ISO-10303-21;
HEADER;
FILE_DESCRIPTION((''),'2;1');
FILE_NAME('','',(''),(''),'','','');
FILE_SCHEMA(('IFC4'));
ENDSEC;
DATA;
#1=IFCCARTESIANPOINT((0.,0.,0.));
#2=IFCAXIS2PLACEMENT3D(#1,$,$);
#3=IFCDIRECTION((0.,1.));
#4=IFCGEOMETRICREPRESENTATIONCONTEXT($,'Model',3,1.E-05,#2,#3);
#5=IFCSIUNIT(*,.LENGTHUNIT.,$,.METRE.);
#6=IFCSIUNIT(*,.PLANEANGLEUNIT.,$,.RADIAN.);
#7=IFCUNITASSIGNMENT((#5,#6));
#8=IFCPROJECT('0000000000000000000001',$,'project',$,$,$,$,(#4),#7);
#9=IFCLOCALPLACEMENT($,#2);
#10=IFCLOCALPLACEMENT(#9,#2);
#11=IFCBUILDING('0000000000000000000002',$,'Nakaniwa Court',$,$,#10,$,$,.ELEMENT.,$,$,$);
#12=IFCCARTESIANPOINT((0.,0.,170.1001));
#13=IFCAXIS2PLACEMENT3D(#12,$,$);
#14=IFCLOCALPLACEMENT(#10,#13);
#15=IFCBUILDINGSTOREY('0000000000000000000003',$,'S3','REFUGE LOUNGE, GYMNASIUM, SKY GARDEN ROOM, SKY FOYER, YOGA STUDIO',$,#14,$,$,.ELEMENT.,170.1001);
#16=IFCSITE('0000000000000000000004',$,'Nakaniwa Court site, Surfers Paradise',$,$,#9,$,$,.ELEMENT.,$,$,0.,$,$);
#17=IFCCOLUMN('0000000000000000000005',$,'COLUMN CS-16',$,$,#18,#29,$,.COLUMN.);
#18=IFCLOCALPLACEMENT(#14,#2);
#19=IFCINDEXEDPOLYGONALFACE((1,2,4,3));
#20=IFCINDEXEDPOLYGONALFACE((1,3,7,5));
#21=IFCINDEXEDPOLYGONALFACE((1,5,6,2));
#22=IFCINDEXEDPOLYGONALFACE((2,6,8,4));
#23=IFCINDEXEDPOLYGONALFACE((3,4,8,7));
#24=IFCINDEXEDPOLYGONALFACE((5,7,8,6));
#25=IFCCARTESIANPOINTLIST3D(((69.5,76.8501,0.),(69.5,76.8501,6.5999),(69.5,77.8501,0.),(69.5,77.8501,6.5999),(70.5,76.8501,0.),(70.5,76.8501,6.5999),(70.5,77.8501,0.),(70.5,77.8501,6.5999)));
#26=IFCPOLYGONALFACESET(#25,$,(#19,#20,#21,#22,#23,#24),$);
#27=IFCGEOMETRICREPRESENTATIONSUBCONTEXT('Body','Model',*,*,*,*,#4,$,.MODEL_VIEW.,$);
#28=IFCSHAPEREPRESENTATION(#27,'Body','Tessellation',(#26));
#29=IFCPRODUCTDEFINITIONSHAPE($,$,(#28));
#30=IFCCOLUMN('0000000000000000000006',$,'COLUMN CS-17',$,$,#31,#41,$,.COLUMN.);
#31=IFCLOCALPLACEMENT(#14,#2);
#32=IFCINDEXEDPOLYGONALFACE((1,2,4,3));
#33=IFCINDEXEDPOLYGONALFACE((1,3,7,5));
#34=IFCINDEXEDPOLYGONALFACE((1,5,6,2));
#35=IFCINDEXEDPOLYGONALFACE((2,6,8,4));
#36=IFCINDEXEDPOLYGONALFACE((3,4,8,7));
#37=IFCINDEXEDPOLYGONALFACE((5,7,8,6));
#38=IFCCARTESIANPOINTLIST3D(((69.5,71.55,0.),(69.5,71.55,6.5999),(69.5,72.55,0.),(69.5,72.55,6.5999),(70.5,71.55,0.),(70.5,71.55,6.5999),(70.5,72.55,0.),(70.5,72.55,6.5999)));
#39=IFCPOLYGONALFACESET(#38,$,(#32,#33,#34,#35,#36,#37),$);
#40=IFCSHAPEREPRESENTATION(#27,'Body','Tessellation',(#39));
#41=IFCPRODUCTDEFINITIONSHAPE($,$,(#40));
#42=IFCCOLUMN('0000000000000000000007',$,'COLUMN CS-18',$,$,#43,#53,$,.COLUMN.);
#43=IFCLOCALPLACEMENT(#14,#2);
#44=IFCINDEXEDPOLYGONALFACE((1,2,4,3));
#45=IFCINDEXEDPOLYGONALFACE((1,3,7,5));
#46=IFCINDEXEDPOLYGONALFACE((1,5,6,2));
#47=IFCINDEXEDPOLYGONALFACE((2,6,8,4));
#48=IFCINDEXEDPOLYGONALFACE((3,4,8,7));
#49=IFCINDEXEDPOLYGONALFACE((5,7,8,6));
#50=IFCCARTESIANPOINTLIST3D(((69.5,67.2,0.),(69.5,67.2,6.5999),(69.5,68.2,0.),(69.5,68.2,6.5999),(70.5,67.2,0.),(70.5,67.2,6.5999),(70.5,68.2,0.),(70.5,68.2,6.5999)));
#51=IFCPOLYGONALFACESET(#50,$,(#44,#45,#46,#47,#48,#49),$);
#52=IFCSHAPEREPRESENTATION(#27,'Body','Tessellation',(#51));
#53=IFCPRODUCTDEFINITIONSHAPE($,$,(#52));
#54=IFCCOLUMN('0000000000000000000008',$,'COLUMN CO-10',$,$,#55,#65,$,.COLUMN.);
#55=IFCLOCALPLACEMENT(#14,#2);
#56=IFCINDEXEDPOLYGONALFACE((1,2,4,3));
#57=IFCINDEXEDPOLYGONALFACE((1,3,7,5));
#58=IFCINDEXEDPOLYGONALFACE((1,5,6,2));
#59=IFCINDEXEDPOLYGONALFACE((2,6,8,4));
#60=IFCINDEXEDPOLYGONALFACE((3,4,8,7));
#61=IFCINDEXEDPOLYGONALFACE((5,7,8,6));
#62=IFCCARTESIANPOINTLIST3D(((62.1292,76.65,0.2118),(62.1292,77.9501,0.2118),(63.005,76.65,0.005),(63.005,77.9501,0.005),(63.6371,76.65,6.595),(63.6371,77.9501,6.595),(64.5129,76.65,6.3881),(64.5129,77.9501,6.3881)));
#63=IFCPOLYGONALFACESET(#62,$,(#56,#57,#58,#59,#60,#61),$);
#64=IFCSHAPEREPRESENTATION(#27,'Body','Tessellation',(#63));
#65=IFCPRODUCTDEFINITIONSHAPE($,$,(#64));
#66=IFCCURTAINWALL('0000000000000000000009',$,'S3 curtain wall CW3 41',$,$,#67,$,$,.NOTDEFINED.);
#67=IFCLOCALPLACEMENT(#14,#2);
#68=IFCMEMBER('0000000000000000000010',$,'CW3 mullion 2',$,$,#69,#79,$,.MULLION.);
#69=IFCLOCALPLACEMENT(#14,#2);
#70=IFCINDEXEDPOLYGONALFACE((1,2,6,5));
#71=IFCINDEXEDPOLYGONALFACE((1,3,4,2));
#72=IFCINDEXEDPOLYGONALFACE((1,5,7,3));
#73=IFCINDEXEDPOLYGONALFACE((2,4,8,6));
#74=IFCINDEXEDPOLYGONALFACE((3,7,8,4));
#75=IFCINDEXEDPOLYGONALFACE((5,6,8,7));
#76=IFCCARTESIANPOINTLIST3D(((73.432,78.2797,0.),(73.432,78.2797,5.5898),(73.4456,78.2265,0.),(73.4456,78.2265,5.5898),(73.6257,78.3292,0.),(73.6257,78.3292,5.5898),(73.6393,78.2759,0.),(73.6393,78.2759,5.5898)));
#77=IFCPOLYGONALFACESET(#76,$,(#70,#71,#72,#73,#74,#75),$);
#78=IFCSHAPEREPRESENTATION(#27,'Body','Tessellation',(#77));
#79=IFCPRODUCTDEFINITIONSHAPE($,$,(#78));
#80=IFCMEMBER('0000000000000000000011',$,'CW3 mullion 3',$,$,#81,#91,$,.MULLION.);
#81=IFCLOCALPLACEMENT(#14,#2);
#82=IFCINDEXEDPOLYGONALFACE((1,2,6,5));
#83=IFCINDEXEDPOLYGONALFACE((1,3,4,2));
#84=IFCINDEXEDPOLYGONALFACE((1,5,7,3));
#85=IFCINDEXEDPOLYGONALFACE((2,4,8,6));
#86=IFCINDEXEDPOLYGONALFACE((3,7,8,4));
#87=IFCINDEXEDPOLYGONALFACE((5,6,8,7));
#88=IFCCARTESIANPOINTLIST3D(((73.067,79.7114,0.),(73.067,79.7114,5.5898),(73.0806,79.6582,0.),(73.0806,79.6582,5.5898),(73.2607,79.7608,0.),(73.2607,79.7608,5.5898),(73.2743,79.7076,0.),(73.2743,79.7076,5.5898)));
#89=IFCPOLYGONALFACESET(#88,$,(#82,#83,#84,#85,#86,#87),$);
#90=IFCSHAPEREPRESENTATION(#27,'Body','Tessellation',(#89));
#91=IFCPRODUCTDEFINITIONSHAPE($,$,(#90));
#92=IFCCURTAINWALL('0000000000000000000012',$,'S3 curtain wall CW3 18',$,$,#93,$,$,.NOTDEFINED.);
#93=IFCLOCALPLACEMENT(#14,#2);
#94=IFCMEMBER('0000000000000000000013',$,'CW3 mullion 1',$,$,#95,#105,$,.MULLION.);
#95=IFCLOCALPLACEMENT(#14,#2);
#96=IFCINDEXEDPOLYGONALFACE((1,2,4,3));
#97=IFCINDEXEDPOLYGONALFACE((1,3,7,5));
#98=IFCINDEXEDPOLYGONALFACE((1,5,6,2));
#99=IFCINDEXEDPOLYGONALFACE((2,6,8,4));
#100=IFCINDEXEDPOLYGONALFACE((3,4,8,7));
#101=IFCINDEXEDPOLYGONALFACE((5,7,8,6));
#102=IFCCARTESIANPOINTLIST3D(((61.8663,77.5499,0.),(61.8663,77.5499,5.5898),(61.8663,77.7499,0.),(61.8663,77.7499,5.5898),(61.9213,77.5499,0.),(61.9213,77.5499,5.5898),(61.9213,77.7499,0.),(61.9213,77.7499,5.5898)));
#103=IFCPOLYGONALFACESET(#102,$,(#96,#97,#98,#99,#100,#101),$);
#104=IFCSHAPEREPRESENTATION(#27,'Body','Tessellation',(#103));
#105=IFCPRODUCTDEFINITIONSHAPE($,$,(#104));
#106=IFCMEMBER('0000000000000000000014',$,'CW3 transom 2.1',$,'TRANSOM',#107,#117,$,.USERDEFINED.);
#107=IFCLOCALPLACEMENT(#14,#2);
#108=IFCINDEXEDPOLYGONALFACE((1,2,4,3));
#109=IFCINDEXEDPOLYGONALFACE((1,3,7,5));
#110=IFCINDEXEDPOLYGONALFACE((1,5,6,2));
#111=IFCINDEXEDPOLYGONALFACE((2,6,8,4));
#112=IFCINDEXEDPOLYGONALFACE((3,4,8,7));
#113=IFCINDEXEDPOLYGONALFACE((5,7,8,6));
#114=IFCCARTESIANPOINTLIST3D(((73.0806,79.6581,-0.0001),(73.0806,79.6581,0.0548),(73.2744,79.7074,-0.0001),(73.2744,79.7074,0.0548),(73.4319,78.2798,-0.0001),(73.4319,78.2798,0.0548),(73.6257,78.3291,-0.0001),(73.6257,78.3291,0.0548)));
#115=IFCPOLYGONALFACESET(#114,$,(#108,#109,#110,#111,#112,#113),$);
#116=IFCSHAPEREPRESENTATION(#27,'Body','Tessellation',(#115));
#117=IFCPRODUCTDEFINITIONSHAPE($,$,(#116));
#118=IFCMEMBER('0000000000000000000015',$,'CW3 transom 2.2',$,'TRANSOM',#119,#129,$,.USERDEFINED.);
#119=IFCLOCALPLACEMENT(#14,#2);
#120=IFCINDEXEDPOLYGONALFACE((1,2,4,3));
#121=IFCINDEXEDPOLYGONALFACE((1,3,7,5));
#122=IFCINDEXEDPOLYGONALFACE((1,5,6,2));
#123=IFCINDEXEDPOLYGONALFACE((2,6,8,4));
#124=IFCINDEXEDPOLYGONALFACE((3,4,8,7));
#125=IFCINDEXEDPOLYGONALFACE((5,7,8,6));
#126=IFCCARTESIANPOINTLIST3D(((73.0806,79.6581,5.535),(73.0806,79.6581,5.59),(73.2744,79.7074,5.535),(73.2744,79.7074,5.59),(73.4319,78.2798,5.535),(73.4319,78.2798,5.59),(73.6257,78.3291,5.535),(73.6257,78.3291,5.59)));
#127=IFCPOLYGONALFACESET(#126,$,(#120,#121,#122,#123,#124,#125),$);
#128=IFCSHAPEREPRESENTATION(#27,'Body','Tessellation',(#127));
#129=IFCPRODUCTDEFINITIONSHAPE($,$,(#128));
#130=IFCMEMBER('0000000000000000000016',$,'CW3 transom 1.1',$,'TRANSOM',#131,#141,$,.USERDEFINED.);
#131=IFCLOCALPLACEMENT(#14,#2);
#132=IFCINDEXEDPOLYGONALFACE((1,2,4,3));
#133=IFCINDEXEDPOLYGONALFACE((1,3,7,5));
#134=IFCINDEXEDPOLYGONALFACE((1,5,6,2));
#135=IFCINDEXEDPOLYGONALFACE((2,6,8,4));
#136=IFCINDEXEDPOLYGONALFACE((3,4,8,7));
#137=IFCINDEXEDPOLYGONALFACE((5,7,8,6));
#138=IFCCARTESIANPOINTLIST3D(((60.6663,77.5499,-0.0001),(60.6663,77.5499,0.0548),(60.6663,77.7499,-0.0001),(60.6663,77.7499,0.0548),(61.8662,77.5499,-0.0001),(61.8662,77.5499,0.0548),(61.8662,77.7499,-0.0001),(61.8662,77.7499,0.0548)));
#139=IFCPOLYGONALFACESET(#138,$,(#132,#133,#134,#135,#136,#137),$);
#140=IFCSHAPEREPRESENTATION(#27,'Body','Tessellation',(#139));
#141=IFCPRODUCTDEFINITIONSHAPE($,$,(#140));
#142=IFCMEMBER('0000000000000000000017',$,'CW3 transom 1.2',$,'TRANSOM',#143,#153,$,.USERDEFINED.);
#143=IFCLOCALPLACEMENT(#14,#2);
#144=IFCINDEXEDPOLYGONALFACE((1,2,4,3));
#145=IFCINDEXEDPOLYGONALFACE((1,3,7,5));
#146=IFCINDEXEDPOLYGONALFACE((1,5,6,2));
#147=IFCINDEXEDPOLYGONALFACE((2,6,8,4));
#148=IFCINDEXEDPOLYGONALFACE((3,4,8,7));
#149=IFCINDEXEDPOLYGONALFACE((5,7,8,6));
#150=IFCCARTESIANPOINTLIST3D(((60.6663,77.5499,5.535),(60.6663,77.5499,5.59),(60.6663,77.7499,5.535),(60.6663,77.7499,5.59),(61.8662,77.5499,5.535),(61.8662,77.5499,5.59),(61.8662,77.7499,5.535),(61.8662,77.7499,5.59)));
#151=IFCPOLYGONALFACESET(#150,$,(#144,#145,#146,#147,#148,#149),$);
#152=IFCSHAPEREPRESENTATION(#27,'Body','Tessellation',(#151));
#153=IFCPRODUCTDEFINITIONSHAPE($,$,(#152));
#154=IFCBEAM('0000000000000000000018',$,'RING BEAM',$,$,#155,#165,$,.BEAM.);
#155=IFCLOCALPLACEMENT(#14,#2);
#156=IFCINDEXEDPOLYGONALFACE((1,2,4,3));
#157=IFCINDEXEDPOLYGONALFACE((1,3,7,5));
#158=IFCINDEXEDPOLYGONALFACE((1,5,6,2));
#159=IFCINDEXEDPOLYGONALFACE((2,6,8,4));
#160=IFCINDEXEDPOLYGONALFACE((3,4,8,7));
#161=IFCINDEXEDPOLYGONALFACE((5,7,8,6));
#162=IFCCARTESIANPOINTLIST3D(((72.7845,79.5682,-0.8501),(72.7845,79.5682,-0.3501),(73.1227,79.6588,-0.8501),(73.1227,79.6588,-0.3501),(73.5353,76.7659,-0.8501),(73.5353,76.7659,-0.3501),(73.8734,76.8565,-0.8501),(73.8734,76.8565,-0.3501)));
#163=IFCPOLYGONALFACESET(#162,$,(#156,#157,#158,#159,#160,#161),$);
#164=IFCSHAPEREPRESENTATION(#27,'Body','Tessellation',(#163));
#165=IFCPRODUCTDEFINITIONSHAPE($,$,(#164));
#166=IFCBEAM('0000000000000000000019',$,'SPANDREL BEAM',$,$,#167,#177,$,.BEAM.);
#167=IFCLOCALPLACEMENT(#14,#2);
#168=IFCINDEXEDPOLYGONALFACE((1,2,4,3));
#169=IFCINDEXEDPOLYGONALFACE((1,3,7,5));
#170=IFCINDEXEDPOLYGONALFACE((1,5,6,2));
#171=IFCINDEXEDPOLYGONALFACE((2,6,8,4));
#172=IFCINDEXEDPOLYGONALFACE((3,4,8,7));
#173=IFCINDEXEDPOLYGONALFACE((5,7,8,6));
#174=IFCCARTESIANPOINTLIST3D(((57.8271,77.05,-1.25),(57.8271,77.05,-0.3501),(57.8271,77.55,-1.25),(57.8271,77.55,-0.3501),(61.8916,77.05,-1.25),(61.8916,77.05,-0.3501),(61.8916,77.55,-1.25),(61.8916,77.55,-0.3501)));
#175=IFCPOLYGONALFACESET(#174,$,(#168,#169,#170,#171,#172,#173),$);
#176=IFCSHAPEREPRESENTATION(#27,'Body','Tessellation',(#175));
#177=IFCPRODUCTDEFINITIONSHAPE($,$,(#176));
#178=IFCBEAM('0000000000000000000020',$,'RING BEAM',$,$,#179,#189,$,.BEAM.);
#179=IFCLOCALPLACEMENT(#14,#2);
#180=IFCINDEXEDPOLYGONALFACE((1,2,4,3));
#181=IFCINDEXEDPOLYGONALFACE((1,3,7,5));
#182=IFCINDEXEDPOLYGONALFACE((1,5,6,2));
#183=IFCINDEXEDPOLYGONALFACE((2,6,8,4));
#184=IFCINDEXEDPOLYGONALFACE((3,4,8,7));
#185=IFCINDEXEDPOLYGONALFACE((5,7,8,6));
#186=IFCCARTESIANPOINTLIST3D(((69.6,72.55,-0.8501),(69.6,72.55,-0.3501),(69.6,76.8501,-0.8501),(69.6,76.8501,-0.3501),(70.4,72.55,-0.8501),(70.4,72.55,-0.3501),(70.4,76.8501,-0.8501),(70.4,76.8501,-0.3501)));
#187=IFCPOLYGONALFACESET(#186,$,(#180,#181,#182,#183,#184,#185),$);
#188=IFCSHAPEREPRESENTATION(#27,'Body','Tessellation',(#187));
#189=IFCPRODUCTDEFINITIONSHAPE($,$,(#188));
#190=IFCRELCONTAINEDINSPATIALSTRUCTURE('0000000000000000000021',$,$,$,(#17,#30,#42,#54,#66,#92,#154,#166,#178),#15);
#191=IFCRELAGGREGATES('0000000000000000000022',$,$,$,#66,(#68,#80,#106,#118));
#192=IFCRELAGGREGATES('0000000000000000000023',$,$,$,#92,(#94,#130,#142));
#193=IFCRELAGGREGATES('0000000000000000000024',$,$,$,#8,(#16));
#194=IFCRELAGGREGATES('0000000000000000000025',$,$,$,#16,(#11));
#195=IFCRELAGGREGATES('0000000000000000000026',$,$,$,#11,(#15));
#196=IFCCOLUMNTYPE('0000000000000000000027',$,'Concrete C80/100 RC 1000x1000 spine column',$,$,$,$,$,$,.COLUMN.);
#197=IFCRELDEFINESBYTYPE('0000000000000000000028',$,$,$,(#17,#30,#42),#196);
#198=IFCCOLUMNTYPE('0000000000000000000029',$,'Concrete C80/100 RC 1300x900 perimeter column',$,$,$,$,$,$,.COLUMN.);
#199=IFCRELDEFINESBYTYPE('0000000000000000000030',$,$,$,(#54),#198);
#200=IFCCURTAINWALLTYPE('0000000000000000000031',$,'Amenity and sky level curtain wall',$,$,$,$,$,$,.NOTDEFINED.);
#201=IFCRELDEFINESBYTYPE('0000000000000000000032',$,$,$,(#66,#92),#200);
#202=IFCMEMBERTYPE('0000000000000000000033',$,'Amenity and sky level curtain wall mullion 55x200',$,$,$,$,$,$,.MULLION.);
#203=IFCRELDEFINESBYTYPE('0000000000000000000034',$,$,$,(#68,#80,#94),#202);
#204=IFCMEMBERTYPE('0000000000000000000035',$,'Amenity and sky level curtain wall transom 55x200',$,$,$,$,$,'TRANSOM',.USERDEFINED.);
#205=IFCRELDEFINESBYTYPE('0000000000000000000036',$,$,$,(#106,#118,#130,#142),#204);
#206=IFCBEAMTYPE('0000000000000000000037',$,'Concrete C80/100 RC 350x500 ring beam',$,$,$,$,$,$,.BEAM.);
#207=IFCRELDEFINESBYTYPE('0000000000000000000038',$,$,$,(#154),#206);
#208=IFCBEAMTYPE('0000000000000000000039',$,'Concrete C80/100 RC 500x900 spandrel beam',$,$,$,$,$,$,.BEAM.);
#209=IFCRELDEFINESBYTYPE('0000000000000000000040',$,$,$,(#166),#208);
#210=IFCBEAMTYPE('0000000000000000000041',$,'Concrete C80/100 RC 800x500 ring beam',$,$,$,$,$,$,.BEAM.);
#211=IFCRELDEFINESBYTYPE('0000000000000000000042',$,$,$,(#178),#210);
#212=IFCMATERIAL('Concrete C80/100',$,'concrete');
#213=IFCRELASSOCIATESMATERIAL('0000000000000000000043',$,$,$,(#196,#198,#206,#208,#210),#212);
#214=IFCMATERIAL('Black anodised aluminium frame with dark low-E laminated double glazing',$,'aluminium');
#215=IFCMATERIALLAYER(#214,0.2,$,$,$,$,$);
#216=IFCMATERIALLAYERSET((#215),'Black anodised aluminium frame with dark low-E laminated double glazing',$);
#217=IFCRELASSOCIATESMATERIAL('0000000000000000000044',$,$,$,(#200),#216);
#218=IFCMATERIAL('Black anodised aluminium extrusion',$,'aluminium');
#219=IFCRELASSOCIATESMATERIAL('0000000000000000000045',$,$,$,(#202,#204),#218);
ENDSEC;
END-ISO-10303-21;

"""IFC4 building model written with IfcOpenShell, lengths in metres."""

from ifc_helpers import new_model, si_unit, direction, frame, origin, origin_2d, place, context, subcontext, project, spatial, rectangle, extrude, material, layer, layer_set, material_profile, profile_set, type_object, element, aggregate, save


model = new_model("IFC4")

# Units and contexts
model_context = context("Model", 3, precision=1e-05, world=origin(), true_north=direction((0.0, 1.0)))
body_context = subcontext(model_context, "Body", "Model", "MODEL_VIEW")
ifc_project = project(units=[si_unit("LENGTHUNIT", "METRE"), si_unit("PLANEANGLEUNIT", "RADIAN")], contexts=[model_context])

# Site, building, storey
site_placement = place(None, origin())
site = spatial("IfcSite", under=ifc_project, at=site_placement, Name="Nakaniwa Court site, Surfers Paradise", CompositionType="ELEMENT", RefElevation=0.0)
building_placement = place(site_placement, origin())
building = spatial("IfcBuilding", under=site, at=building_placement, Name="Nakaniwa Court", CompositionType="ELEMENT")
storey_placement = place(building_placement, frame((0.0, 0.0, 170.1001)))
storey = spatial("IfcBuildingStorey", under=building, at=storey_placement, Name="S3", Description="REFUGE LOUNGE, GYMNASIUM, SKY GARDEN ROOM, SKY FOYER, YOGA STUDIO", CompositionType="ELEMENT", Elevation=170.1001)

# Columns
ifc_material_1 = material(Name="Concrete C80/100", Category="concrete")
ifc_material_profile_1 = material_profile(ifc_material_1, rectangle(XDim=1.0, YDim=1.0, at=origin_2d()), Name="Concrete C80/100 RC 1000x1000 spine column")
ifc_profile_set_1 = profile_set([ifc_material_profile_1], Name="Concrete C80/100")
column_type_1 = type_object("IfcColumnType", Name="Concrete C80/100 RC 1000x1000 spine column", PredefinedType="COLUMN", material=ifc_profile_set_1)
for number, where, z_axis, x_axis, name in (
    (1, (70.0, 77.3501, 0.0), (0.0, 0.0, 1.0), (0.0, -1.0, 0.0), "COLUMN CS-16"),
    (2, (70.0, 72.05, 0.0), (0.0, 0.0, 1.0), (0.0, -1.0, 0.0), "COLUMN CS-17"),
    (3, (70.0, 67.7, 0.0), (0.0, 0.0, 1.0), (0.0, -1.0, 0.0), "COLUMN CS-18"),
):
    element("IfcColumn", number, at=place(storey_placement, frame(where, z_axis=z_axis, x_axis=x_axis)), inside=storey, type_object=column_type_1, Name=name, PredefinedType="COLUMN", context=body_context, shape_type="SweptSolid", body=[
        extrude(rectangle(XDim=1.0, YDim=1.0, at=origin_2d()), origin(), (0.0, 0.0, 1.0), 6.5999),
    ])
ifc_material_profile_2 = material_profile(ifc_material_1, rectangle(XDim=1.3, YDim=0.8999, at=origin_2d()), Name="Concrete C80/100 RC 1300x900 perimeter column")
ifc_profile_set_2 = profile_set([ifc_material_profile_2], Name="Concrete C80/100")
column_type_2 = type_object("IfcColumnType", Name="Concrete C80/100 RC 1300x900 perimeter column", PredefinedType="COLUMN", material=ifc_profile_set_2)
column_placement = place(storey_placement, frame((62.5671, 77.3, 0.1084), z_axis=(0.229894, 0.0, 0.973216), x_axis=(0.0, 1.0, 0.0)))
element("IfcColumn", 4, at=column_placement, inside=storey, type_object=column_type_2, Name="COLUMN CO-10", PredefinedType="COLUMN", context=body_context, shape_type="SweptSolid", body=[
    extrude(rectangle(XDim=1.3, YDim=0.8999, at=origin_2d()), origin(), (0.0, 0.0, 1.0), 6.5588),
])

# Curtain wall, members
ifc_material_2 = material(Name="Black anodised aluminium frame with dark low-E laminated double glazing", Category="aluminium")
ifc_layer_1 = layer(ifc_material_2, 0.2)
ifc_layer_set_1 = layer_set([ifc_layer_1], Name="Black anodised aluminium frame with dark low-E laminated double glazing")
curtain_wall_type = type_object("IfcCurtainWallType", Name="Amenity and sky level curtain wall", PredefinedType="NOTDEFINED", material=ifc_layer_set_1)
curtain_wall_1_placement = place(storey_placement, origin())
curtain_wall_1 = element("IfcCurtainWall", 5, at=curtain_wall_1_placement, inside=storey, type_object=curtain_wall_type, Name="S3 curtain wall CW3 41", PredefinedType="NOTDEFINED")
ifc_material_3 = material(Name="Black anodised aluminium extrusion", Category="aluminium")
ifc_material_profile_3 = material_profile(ifc_material_3, rectangle(XDim=0.2, YDim=0.0549, at=origin_2d()), Name="Amenity and sky level curtain wall mullion 55x200")
ifc_profile_set_3 = profile_set([ifc_material_profile_3], Name="Black anodised aluminium extrusion")
member_type_1 = type_object("IfcMemberType", Name="Amenity and sky level curtain wall mullion 55x200", PredefinedType="MULLION", material=ifc_profile_set_3)
member_1_placement = place(storey_placement, frame((73.5356, 78.2778, 0.0), z_axis=(0.0, 0.0, 1.0), x_axis=(-0.968986, -0.247114, 0.0)))
member_1 = element("IfcMember", 6, at=member_1_placement, type_object=member_type_1, Name="CW3 mullion 2", PredefinedType="MULLION", context=body_context, shape_type="SweptSolid", body=[
    extrude(rectangle(XDim=0.2, YDim=0.0549, at=origin_2d()), origin(), (0.0, 0.0, 1.0), 5.5898),
])
member_2_placement = place(storey_placement, frame((73.1707, 79.7095, 0.0), z_axis=(0.0, 0.0, 1.0), x_axis=(-0.968986, -0.247114, 0.0)))
member_2 = element("IfcMember", 7, at=member_2_placement, type_object=member_type_1, Name="CW3 mullion 3", PredefinedType="MULLION", context=body_context, shape_type="SweptSolid", body=[
    extrude(rectangle(XDim=0.2, YDim=0.0549, at=origin_2d()), origin(), (0.0, 0.0, 1.0), 5.5898),
])

# Curtain wall, member
curtain_wall_2_placement = place(storey_placement, origin())
curtain_wall_2 = element("IfcCurtainWall", 8, at=curtain_wall_2_placement, inside=storey, type_object=curtain_wall_type, Name="S3 curtain wall CW3 18", PredefinedType="NOTDEFINED")
member_3_placement = place(storey_placement, frame((61.8938, 77.6499, 0.0), z_axis=(0.0, 0.0, 1.0), x_axis=(0.0, -1.0, 0.0)))
member_3 = element("IfcMember", 9, at=member_3_placement, type_object=member_type_1, Name="CW3 mullion 1", PredefinedType="MULLION", context=body_context, shape_type="SweptSolid", body=[
    extrude(rectangle(XDim=0.2, YDim=0.0549, at=origin_2d()), origin(), (0.0, 0.0, 1.0), 5.5898),
])

# Members
ifc_material_profile_4 = material_profile(ifc_material_3, rectangle(XDim=0.2, YDim=0.0549, at=origin_2d()), Name="Amenity and sky level curtain wall transom 55x200")
ifc_profile_set_4 = profile_set([ifc_material_profile_4], Name="Black anodised aluminium extrusion")
member_type_2 = type_object("IfcMemberType", Name="Amenity and sky level curtain wall transom 55x200", ElementType="TRANSOM", PredefinedType="USERDEFINED", material=ifc_profile_set_4)
member_4_placement = place(storey_placement, frame((73.5288, 78.3044, 0.0273), z_axis=(-0.246975, 0.969022, 0.0), x_axis=(-0.969022, -0.246975, 0.0)))
member_4 = element("IfcMember", 10, at=member_4_placement, type_object=member_type_2, Name="CW3 transom 2.1", ObjectType="TRANSOM", PredefinedType="USERDEFINED", context=body_context, shape_type="SweptSolid", body=[
    extrude(rectangle(XDim=0.2, YDim=0.0549, at=origin_2d()), origin(), (0.0, 0.0, 1.0), 1.4224),
])
member_5_placement = place(storey_placement, frame((73.5288, 78.3044, 5.5625), z_axis=(-0.246975, 0.969022, 0.0), x_axis=(-0.969022, -0.246975, 0.0)))
member_5 = element("IfcMember", 11, at=member_5_placement, type_object=member_type_2, Name="CW3 transom 2.2", ObjectType="TRANSOM", PredefinedType="USERDEFINED", context=body_context, shape_type="SweptSolid", body=[
    extrude(rectangle(XDim=0.2, YDim=0.0549, at=origin_2d()), origin(), (0.0, 0.0, 1.0), 1.4224),
])
member_6_placement = place(storey_placement, frame((61.8662, 77.6499, 0.0273), z_axis=(-1.0, 0.0, 0.0), x_axis=(0.0, -1.0, 0.0)))
member_6 = element("IfcMember", 12, at=member_6_placement, type_object=member_type_2, Name="CW3 transom 1.1", ObjectType="TRANSOM", PredefinedType="USERDEFINED", context=body_context, shape_type="SweptSolid", body=[
    extrude(rectangle(XDim=0.2, YDim=0.0549, at=origin_2d()), origin(), (0.0, 0.0, 1.0), 1.2),
])
member_7_placement = place(storey_placement, frame((61.8662, 77.6499, 5.5625), z_axis=(-1.0, 0.0, 0.0), x_axis=(0.0, -1.0, 0.0)))
member_7 = element("IfcMember", 13, at=member_7_placement, type_object=member_type_2, Name="CW3 transom 1.2", ObjectType="TRANSOM", PredefinedType="USERDEFINED", context=body_context, shape_type="SweptSolid", body=[
    extrude(rectangle(XDim=0.2, YDim=0.0549, at=origin_2d()), origin(), (0.0, 0.0, 1.0), 1.2),
])

# Beams
ifc_material_profile_5 = material_profile(ifc_material_1, rectangle(XDim=0.3501, YDim=0.5, at=origin_2d()), Name="Concrete C80/100 RC 350x500 ring beam")
ifc_profile_set_5 = profile_set([ifc_material_profile_5], Name="Concrete C80/100")
beam_type_1 = type_object("IfcBeamType", Name="Concrete C80/100 RC 350x500 ring beam", PredefinedType="BEAM", material=ifc_profile_set_5)
beam_1_placement = place(storey_placement, frame((72.9536, 79.6135, -0.6001), z_axis=(0.258778, -0.965937, 0.0), x_axis=(0.965937, 0.258778, 0.0)))
element("IfcBeam", 14, at=beam_1_placement, inside=storey, type_object=beam_type_1, Name="RING BEAM", PredefinedType="BEAM", context=body_context, shape_type="SweptSolid", body=[
    extrude(rectangle(XDim=0.3501, YDim=0.5, at=origin_2d()), origin(), (0.0, 0.0, 1.0), 2.9011),
])
ifc_material_profile_6 = material_profile(ifc_material_1, rectangle(XDim=0.5, YDim=0.8999, at=origin_2d()), Name="Concrete C80/100 RC 500x900 spandrel beam")
ifc_profile_set_6 = profile_set([ifc_material_profile_6], Name="Concrete C80/100")
beam_type_2 = type_object("IfcBeamType", Name="Concrete C80/100 RC 500x900 spandrel beam", PredefinedType="BEAM", material=ifc_profile_set_6)
beam_2_placement = place(storey_placement, frame((61.8916, 77.3, -0.8), z_axis=(-1.0, 0.0, 0.0), x_axis=(0.0, -1.0, 0.0)))
element("IfcBeam", 15, at=beam_2_placement, inside=storey, type_object=beam_type_2, Name="SPANDREL BEAM", PredefinedType="BEAM", context=body_context, shape_type="SweptSolid", body=[
    extrude(rectangle(XDim=0.5, YDim=0.8999, at=origin_2d()), origin(), (0.0, 0.0, 1.0), 4.0645),
])
ifc_material_profile_7 = material_profile(ifc_material_1, rectangle(XDim=0.8, YDim=0.5, at=origin_2d()), Name="Concrete C80/100 RC 800x500 ring beam")
ifc_profile_set_7 = profile_set([ifc_material_profile_7], Name="Concrete C80/100")
beam_type_3 = type_object("IfcBeamType", Name="Concrete C80/100 RC 800x500 ring beam", PredefinedType="BEAM", material=ifc_profile_set_7)
beam_3_placement = place(storey_placement, frame((70.0, 76.8501, -0.6001), z_axis=(0.0, -1.0, 0.0), x_axis=(1.0, 0.0, 0.0)))
element("IfcBeam", 16, at=beam_3_placement, inside=storey, type_object=beam_type_3, Name="RING BEAM", PredefinedType="BEAM", context=body_context, shape_type="SweptSolid", body=[
    extrude(rectangle(XDim=0.8, YDim=0.5, at=origin_2d()), origin(), (0.0, 0.0, 1.0), 4.3),
])

aggregate(curtain_wall_1, [member_1, member_2, member_4, member_5])
aggregate(curtain_wall_2, [member_3, member_6, member_7])

save(model, "model.ifc")
